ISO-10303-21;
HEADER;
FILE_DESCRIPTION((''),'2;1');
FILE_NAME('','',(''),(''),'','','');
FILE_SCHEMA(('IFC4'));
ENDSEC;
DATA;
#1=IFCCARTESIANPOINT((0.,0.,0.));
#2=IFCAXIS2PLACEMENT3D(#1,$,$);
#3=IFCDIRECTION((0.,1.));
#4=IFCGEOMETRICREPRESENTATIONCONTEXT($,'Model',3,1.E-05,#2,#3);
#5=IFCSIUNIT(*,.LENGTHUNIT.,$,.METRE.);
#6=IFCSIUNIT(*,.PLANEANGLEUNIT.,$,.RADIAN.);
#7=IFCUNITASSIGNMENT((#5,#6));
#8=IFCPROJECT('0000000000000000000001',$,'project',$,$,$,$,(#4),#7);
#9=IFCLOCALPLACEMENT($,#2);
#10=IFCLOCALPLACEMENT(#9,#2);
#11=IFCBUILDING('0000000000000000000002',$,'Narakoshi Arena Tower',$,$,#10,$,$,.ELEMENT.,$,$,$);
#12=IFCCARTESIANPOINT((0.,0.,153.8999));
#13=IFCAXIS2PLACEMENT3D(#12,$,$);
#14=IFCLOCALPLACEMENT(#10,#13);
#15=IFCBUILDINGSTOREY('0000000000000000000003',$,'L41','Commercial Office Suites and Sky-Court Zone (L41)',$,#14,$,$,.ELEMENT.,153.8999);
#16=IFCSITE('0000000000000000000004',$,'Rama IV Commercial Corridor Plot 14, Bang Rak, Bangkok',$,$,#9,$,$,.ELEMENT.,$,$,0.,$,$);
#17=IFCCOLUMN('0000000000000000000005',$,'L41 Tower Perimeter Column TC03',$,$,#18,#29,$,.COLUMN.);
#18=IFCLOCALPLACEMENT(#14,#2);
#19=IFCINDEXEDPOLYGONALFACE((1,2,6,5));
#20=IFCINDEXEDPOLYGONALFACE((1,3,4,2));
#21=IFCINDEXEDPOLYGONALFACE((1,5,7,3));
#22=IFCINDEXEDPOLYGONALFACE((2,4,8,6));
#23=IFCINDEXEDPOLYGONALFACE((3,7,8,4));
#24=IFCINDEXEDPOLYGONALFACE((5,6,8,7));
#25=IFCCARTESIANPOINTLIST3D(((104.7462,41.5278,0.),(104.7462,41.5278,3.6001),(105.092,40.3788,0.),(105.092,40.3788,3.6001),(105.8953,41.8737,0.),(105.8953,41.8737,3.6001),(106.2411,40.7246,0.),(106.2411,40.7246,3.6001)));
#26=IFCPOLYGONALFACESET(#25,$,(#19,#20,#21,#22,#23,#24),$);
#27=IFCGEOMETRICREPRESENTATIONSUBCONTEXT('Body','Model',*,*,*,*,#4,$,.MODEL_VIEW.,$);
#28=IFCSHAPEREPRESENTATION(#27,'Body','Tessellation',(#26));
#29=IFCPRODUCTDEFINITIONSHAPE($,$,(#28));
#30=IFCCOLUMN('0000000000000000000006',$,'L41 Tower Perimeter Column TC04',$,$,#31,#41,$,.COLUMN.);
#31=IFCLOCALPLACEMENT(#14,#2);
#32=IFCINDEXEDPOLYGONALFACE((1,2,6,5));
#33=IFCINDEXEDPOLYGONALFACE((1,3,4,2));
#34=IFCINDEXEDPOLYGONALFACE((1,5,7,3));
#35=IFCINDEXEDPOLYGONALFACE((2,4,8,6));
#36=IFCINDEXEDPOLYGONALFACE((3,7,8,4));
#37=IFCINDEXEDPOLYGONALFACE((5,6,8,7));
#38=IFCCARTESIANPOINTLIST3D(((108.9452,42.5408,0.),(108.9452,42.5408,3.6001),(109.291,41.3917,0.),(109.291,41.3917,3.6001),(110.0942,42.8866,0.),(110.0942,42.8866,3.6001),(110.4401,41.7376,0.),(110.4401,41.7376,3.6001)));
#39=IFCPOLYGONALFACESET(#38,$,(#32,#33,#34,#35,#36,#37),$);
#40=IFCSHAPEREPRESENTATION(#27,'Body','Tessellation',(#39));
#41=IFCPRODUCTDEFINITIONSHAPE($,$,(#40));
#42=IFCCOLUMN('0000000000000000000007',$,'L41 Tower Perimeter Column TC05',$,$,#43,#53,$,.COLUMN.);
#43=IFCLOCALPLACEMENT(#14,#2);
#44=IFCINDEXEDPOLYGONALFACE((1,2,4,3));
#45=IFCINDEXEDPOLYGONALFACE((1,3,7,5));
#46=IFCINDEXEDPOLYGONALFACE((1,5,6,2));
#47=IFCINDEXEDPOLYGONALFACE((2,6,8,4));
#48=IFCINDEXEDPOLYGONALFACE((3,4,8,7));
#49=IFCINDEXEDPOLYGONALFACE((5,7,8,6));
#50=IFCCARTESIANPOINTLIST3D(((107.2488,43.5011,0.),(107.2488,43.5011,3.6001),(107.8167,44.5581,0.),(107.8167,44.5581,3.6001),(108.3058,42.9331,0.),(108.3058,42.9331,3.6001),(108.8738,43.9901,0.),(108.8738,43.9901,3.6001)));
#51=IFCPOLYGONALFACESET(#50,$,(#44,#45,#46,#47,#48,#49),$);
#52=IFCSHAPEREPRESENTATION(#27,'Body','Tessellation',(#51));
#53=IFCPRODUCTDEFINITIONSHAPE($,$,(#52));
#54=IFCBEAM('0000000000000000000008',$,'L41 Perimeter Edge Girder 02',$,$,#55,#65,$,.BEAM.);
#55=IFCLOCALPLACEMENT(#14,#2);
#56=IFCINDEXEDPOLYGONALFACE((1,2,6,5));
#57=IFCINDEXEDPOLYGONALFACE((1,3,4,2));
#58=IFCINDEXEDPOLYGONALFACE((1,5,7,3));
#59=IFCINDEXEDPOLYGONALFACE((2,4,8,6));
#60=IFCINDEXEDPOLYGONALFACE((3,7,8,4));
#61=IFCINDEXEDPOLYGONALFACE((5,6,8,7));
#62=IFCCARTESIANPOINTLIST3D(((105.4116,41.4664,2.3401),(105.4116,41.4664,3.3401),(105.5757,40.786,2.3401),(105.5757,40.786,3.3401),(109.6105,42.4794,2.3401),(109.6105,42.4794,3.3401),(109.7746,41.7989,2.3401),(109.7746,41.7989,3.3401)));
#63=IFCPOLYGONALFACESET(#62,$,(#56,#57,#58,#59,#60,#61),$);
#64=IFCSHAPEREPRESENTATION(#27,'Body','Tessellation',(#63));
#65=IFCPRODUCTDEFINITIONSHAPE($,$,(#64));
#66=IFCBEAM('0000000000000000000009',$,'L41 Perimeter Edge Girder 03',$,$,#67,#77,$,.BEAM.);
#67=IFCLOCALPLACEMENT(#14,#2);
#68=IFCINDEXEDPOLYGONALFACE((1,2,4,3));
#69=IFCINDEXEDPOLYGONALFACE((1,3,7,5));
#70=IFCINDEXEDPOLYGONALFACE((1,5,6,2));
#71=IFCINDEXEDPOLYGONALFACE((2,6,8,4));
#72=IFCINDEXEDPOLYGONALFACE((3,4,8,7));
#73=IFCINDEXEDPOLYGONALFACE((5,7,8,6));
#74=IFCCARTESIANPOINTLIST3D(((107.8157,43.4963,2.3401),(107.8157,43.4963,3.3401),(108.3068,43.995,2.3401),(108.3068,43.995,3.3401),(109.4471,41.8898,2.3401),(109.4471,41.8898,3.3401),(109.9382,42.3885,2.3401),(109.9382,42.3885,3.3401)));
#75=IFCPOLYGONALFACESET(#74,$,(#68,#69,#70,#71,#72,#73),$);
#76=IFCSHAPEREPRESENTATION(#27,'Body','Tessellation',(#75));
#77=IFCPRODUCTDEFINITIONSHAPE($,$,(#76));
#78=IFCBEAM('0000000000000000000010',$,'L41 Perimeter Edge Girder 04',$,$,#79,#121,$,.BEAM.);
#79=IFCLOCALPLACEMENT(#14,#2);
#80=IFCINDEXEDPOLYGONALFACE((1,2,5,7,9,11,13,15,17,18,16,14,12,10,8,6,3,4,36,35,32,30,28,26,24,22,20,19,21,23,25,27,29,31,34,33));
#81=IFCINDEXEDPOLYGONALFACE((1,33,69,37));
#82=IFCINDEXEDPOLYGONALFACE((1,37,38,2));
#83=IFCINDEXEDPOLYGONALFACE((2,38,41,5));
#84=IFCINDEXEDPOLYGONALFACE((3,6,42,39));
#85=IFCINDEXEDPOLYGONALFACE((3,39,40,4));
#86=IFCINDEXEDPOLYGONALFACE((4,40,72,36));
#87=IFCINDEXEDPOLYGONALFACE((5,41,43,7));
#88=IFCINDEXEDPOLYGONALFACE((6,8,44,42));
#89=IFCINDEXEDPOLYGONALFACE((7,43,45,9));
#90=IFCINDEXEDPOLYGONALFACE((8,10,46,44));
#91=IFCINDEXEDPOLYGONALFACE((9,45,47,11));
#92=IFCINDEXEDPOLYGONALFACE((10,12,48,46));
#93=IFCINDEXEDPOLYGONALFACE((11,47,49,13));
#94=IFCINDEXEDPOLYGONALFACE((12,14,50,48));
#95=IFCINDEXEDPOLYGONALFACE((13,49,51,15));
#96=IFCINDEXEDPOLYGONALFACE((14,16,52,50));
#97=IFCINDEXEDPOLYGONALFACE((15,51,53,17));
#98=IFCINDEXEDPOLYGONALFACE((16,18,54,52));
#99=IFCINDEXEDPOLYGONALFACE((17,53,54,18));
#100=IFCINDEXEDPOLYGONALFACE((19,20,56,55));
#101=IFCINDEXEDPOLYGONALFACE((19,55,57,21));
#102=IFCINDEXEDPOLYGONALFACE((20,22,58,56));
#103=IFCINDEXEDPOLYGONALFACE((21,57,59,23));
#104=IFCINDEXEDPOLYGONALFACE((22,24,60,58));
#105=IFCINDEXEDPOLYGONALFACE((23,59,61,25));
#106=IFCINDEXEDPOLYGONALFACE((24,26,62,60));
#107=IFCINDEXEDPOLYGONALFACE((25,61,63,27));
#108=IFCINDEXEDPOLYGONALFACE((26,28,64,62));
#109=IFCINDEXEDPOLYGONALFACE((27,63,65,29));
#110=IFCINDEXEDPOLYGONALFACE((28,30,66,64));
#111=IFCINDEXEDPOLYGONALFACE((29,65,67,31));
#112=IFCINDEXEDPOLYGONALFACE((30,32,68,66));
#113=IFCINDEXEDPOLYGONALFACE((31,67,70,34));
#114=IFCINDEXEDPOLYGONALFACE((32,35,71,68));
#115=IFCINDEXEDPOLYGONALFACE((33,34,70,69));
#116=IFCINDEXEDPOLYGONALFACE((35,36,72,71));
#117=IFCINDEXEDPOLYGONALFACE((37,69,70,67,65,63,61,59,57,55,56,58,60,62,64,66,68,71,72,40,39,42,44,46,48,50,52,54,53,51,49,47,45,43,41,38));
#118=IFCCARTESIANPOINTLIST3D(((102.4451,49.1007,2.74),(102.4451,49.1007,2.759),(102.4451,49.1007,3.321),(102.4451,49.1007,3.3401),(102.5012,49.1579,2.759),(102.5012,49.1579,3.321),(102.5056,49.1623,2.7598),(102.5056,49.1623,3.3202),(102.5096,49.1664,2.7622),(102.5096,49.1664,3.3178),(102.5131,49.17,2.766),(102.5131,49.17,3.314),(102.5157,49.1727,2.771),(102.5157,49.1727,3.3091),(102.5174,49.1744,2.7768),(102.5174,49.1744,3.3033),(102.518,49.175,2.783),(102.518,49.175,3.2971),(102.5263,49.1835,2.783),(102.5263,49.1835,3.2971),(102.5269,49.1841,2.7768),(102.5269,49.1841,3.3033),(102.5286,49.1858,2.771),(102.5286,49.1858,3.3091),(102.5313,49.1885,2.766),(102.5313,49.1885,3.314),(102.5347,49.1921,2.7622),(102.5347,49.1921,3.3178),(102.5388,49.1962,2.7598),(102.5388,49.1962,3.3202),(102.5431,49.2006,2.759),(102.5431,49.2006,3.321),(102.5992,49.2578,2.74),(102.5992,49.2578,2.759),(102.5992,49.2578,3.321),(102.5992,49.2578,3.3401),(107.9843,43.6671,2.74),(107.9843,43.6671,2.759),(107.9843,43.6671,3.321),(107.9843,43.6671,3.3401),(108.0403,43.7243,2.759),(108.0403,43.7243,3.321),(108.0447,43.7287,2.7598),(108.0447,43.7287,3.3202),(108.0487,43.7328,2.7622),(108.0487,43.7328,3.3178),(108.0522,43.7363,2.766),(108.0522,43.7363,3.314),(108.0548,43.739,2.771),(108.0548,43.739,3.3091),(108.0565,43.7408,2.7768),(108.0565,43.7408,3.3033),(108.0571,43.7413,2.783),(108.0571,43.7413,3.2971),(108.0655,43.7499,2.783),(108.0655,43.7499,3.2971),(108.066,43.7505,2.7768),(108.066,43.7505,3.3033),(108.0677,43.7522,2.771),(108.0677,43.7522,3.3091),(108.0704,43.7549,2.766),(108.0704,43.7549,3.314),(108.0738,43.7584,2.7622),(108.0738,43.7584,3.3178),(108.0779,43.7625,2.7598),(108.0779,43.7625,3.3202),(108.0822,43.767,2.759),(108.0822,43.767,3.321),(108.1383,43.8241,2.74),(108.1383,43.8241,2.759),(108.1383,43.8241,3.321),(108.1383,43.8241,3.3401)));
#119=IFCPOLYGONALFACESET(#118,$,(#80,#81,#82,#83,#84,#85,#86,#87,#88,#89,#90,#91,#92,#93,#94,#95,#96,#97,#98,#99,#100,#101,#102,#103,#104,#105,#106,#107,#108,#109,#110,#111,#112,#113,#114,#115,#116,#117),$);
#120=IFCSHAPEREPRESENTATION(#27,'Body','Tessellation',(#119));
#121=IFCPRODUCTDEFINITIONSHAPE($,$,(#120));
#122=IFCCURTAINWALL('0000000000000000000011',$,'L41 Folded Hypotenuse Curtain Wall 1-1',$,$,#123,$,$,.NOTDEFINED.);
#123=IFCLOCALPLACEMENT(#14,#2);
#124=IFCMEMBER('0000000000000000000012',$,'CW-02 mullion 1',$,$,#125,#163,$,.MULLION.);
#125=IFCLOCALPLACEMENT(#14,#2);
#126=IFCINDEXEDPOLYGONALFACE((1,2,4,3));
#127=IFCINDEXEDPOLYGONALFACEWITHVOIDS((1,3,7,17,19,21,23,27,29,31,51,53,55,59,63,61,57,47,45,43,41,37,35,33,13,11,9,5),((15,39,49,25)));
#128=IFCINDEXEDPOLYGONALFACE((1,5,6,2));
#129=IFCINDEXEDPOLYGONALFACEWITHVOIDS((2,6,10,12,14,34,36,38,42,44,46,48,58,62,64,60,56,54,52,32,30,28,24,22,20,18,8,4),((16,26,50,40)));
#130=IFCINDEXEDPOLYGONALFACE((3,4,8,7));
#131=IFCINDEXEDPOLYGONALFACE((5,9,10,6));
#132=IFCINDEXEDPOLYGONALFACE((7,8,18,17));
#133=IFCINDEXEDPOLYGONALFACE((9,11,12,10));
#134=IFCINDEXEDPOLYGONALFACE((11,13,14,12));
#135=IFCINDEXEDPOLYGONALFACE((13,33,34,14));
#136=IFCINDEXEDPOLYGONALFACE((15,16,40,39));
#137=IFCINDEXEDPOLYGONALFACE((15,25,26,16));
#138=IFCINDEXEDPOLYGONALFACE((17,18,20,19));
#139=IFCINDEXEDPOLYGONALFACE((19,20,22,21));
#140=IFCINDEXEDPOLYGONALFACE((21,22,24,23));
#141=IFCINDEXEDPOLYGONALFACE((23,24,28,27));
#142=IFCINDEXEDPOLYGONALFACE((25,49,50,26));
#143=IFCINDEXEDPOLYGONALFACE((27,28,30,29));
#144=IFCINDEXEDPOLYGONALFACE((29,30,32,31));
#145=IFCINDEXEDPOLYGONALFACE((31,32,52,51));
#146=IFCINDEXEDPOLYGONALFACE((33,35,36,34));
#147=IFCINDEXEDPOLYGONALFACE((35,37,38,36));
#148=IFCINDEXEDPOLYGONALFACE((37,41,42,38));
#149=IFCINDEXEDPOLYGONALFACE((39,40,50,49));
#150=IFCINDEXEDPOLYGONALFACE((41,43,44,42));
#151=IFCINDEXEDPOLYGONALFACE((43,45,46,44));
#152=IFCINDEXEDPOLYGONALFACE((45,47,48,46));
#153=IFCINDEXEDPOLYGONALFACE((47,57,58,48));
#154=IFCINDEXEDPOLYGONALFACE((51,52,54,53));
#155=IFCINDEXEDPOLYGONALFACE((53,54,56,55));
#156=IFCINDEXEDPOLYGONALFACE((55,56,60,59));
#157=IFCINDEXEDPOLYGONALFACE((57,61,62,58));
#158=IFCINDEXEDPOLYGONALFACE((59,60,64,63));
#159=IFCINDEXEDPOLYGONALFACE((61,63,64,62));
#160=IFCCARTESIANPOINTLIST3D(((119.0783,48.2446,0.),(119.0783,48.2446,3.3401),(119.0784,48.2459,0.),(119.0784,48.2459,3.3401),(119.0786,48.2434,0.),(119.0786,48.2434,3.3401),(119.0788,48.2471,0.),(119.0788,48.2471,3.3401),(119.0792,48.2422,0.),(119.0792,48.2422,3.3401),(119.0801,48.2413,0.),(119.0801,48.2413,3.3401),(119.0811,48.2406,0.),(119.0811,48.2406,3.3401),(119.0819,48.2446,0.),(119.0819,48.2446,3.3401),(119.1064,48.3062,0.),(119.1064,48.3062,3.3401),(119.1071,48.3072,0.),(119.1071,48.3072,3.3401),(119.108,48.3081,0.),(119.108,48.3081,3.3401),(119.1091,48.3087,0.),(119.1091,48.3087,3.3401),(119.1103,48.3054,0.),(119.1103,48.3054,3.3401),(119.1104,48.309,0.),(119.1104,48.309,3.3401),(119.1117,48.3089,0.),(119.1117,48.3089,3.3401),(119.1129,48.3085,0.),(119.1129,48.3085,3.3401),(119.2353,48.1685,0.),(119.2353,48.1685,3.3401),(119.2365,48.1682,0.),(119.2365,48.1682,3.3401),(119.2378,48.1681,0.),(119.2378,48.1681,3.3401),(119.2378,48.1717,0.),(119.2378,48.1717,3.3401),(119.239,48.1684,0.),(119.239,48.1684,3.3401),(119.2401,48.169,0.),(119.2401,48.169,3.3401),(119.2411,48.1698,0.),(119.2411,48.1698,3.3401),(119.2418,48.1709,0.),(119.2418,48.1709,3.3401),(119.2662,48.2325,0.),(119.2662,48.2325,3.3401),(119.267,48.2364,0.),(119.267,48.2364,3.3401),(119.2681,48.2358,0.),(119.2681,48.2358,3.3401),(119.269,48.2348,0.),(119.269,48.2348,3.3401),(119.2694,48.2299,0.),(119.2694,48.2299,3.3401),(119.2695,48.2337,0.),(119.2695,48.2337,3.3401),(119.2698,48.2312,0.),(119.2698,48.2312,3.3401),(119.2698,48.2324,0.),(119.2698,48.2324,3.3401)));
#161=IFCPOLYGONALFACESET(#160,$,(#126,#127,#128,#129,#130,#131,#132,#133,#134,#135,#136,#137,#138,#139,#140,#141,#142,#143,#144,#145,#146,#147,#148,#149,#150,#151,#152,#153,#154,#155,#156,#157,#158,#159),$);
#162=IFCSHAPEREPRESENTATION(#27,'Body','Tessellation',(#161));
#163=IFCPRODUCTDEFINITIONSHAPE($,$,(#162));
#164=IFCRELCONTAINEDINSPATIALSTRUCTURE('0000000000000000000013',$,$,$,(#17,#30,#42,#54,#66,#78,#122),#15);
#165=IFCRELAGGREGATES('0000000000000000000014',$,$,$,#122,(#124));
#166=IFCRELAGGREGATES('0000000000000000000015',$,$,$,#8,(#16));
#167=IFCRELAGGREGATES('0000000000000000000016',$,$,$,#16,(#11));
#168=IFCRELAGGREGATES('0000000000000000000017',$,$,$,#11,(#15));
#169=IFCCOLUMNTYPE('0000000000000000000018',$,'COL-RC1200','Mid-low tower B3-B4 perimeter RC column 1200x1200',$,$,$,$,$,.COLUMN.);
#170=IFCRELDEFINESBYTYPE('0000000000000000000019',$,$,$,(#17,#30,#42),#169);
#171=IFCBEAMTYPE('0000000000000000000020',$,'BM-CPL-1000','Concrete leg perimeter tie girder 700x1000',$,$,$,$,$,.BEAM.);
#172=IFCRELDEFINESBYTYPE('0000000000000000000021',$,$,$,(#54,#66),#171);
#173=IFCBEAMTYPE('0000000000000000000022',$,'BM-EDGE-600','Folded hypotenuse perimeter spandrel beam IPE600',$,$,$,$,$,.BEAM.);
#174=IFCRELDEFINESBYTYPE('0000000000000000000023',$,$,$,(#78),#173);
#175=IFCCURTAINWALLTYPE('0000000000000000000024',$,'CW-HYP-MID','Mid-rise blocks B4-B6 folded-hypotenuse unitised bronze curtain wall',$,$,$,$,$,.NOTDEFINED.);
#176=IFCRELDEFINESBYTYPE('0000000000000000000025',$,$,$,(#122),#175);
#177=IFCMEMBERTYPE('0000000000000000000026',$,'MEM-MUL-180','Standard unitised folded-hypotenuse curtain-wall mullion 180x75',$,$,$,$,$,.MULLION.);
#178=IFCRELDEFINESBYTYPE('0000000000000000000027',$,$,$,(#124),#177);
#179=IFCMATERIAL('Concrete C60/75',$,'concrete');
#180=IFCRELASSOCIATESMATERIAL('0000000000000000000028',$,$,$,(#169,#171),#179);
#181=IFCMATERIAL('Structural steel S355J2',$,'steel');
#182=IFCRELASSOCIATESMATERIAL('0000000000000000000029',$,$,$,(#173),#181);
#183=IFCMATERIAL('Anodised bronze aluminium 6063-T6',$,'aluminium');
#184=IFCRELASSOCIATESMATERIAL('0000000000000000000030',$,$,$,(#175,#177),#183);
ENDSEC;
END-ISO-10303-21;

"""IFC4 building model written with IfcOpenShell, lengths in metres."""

from ifc_helpers import new_model, si_unit, direction, frame, origin, origin_2d, place, context, subcontext, project, spatial, rectangle, hollow_rectangle, i_section, extrude, material, material_profile, profile_set, type_object, element, aggregate, save


model = new_model("IFC4")

# Units and contexts
model_context = context("Model", 3, precision=1e-05, world=origin(), true_north=direction((0.0, 1.0)))
body_context = subcontext(model_context, "Body", "Model", "MODEL_VIEW")
ifc_project = project(units=[si_unit("LENGTHUNIT", "METRE"), si_unit("PLANEANGLEUNIT", "RADIAN")], contexts=[model_context])

# Site, building, storey
site_placement = place(None, origin())
site = spatial("IfcSite", under=ifc_project, at=site_placement, Name="Rama IV Commercial Corridor Plot 14, Bang Rak, Bangkok", CompositionType="ELEMENT", RefElevation=0.0)
building_placement = place(site_placement, origin())
building = spatial("IfcBuilding", under=site, at=building_placement, Name="Narakoshi Arena Tower", CompositionType="ELEMENT")
storey_placement = place(building_placement, frame((0.0, 0.0, 153.8999)))
storey = spatial("IfcBuildingStorey", under=building, at=storey_placement, Name="L41", Description="Commercial Office Suites and Sky-Court Zone (L41)", CompositionType="ELEMENT", Elevation=153.8999)

# Columns
ifc_material_1 = material(Name="Concrete C60/75", Category="concrete")
ifc_material_profile_1 = material_profile(ifc_material_1, rectangle(XDim=1.2, YDim=1.2, at=origin_2d()), Name="RC1200x1200")
ifc_profile_set_1 = profile_set([ifc_material_profile_1], Name="Concrete C60/75")
column_type = type_object("IfcColumnType", Name="COL-RC1200", Description="Mid-low tower B3-B4 perimeter RC column 1200x1200", PredefinedType="COLUMN", material=ifc_profile_set_1)
for number, where, z_axis, x_axis, name in (
    (1, (105.4937, 41.1262, 0.0), (0.0, 0.0, 1.0), (0.957571, 0.288196, 0.0), "L41 Tower Perimeter Column TC03"),
    (2, (109.6926, 42.1392, 0.0), (0.0, 0.0, 1.0), (0.957571, 0.288196, 0.0), "L41 Tower Perimeter Column TC04"),
    (3, (108.0613, 43.7456, 0.0), (0.0, 0.0, 1.0), (0.47332, 0.880891, 0.0), "L41 Tower Perimeter Column TC05"),
):
    element("IfcColumn", number, at=place(storey_placement, frame(where, z_axis=z_axis, x_axis=x_axis)), inside=storey, type_object=column_type, Name=name, PredefinedType="COLUMN", context=body_context, shape_type="SweptSolid", body=[
        extrude(rectangle(XDim=1.2, YDim=1.2, at=origin_2d()), origin(), (0.0, 0.0, 1.0), 3.6001),
    ])

# Beams
ifc_material_profile_2 = material_profile(ifc_material_1, rectangle(XDim=0.7, YDim=1.0, at=origin_2d()), Name="RCB700x1000")
ifc_profile_set_2 = profile_set([ifc_material_profile_2], Name="Concrete C60/75")
beam_type_1 = type_object("IfcBeamType", Name="BM-CPL-1000", Description="Concrete leg perimeter tie girder 700x1000", PredefinedType="BEAM", material=ifc_profile_set_2)
beam_1_placement = place(storey_placement, frame((105.4937, 41.1262, 2.8401), z_axis=(0.972114, 0.234508, 0.0), x_axis=(-0.234508, 0.972114, 0.0)))
element("IfcBeam", 4, at=beam_1_placement, inside=storey, type_object=beam_type_1, Name="L41 Perimeter Edge Girder 02", PredefinedType="BEAM", context=body_context, shape_type="SweptSolid", body=[
    extrude(rectangle(XDim=0.7, YDim=1.0, at=origin_2d()), origin(), (0.0, 0.0, 1.0), 4.3193),
])
beam_2_placement = place(storey_placement, frame((109.6926, 42.1392, 2.8401), z_axis=(-0.712524, 0.701648, 0.0), x_axis=(-0.701648, -0.712524, 0.0)))
element("IfcBeam", 5, at=beam_2_placement, inside=storey, type_object=beam_type_1, Name="L41 Perimeter Edge Girder 03", PredefinedType="BEAM", context=body_context, shape_type="SweptSolid", body=[
    extrude(rectangle(XDim=0.7, YDim=1.0, at=origin_2d()), origin(), (0.0, 0.0, 1.0), 2.2896),
])
ifc_material_2 = material(Name="Structural steel S355J2", Category="steel")
ifc_material_profile_3 = material_profile(ifc_material_2, i_section(OverallWidth=0.22, OverallDepth=0.6001, WebThickness=0.012, FlangeThickness=0.019, FilletRadius=0.0239, at=origin_2d()), Name="IPE600")
ifc_profile_set_3 = profile_set([ifc_material_profile_3], Name="Structural steel S355J2")
beam_type_2 = type_object("IfcBeamType", Name="BM-EDGE-600", Description="Folded hypotenuse perimeter spandrel beam IPE600", PredefinedType="BEAM", material=ifc_profile_set_3)
beam_3_placement = place(storey_placement, frame((108.0613, 43.7456, 3.04), z_axis=(-0.71387, 0.700278, 0.0), x_axis=(-0.700278, -0.71387, 0.0)))
element("IfcBeam", 6, at=beam_3_placement, inside=storey, type_object=beam_type_2, Name="L41 Perimeter Edge Girder 04", PredefinedType="BEAM", context=body_context, shape_type="SweptSolid", body=[
    extrude(i_section(OverallWidth=0.22, OverallDepth=0.6001, WebThickness=0.012, FlangeThickness=0.019, FilletRadius=0.0239, at=origin_2d()), origin(), (0.0, 0.0, 1.0), 7.7593),
])

# Curtain wall, member
ifc_material_3 = material(Name="Anodised bronze aluminium 6063-T6", Category="aluminium")
curtain_wall_type = type_object("IfcCurtainWallType", Name="CW-HYP-MID", Description="Mid-rise blocks B4-B6 folded-hypotenuse unitised bronze curtain wall", PredefinedType="NOTDEFINED", material=ifc_material_3)
curtain_wall_placement = place(storey_placement, origin())
curtain_wall = element("IfcCurtainWall", 7, at=curtain_wall_placement, inside=storey, type_object=curtain_wall_type, Name="L41 Folded Hypotenuse Curtain Wall 1-1", PredefinedType="NOTDEFINED")
ifc_material_profile_4 = material_profile(ifc_material_3, hollow_rectangle(XDim=0.075, YDim=0.1799, WallThickness=0.0039, OuterFilletRadius=0.0049, at=origin_2d()), Name="MUL180x75x4")
ifc_profile_set_4 = profile_set([ifc_material_profile_4], Name="Anodised bronze aluminium 6063-T6")
member_type_1 = type_object("IfcMemberType", Name="MEM-MUL-180", Description="Standard unitised folded-hypotenuse curtain-wall mullion 180x75", PredefinedType="MULLION", material=ifc_profile_set_4)
member_1_placement = place(storey_placement, frame((119.1741, 48.2385, 0.0), z_axis=(0.0, 0.0, 1.0), x_axis=(-0.423532, -0.905881, 0.0)))
member_1 = element("IfcMember", 8, at=member_1_placement, type_object=member_type_1, Name="CW-02 mullion 1", PredefinedType="MULLION", context=body_context, shape_type="SweptSolid", body=[
    extrude(hollow_rectangle(XDim=0.075, YDim=0.1799, WallThickness=0.0039, OuterFilletRadius=0.0049, at=origin_2d()), origin(), (0.0, 0.0, 1.0), 3.3401),
])
aggregate(curtain_wall, [member_1])

save(model, "model.ifc")
